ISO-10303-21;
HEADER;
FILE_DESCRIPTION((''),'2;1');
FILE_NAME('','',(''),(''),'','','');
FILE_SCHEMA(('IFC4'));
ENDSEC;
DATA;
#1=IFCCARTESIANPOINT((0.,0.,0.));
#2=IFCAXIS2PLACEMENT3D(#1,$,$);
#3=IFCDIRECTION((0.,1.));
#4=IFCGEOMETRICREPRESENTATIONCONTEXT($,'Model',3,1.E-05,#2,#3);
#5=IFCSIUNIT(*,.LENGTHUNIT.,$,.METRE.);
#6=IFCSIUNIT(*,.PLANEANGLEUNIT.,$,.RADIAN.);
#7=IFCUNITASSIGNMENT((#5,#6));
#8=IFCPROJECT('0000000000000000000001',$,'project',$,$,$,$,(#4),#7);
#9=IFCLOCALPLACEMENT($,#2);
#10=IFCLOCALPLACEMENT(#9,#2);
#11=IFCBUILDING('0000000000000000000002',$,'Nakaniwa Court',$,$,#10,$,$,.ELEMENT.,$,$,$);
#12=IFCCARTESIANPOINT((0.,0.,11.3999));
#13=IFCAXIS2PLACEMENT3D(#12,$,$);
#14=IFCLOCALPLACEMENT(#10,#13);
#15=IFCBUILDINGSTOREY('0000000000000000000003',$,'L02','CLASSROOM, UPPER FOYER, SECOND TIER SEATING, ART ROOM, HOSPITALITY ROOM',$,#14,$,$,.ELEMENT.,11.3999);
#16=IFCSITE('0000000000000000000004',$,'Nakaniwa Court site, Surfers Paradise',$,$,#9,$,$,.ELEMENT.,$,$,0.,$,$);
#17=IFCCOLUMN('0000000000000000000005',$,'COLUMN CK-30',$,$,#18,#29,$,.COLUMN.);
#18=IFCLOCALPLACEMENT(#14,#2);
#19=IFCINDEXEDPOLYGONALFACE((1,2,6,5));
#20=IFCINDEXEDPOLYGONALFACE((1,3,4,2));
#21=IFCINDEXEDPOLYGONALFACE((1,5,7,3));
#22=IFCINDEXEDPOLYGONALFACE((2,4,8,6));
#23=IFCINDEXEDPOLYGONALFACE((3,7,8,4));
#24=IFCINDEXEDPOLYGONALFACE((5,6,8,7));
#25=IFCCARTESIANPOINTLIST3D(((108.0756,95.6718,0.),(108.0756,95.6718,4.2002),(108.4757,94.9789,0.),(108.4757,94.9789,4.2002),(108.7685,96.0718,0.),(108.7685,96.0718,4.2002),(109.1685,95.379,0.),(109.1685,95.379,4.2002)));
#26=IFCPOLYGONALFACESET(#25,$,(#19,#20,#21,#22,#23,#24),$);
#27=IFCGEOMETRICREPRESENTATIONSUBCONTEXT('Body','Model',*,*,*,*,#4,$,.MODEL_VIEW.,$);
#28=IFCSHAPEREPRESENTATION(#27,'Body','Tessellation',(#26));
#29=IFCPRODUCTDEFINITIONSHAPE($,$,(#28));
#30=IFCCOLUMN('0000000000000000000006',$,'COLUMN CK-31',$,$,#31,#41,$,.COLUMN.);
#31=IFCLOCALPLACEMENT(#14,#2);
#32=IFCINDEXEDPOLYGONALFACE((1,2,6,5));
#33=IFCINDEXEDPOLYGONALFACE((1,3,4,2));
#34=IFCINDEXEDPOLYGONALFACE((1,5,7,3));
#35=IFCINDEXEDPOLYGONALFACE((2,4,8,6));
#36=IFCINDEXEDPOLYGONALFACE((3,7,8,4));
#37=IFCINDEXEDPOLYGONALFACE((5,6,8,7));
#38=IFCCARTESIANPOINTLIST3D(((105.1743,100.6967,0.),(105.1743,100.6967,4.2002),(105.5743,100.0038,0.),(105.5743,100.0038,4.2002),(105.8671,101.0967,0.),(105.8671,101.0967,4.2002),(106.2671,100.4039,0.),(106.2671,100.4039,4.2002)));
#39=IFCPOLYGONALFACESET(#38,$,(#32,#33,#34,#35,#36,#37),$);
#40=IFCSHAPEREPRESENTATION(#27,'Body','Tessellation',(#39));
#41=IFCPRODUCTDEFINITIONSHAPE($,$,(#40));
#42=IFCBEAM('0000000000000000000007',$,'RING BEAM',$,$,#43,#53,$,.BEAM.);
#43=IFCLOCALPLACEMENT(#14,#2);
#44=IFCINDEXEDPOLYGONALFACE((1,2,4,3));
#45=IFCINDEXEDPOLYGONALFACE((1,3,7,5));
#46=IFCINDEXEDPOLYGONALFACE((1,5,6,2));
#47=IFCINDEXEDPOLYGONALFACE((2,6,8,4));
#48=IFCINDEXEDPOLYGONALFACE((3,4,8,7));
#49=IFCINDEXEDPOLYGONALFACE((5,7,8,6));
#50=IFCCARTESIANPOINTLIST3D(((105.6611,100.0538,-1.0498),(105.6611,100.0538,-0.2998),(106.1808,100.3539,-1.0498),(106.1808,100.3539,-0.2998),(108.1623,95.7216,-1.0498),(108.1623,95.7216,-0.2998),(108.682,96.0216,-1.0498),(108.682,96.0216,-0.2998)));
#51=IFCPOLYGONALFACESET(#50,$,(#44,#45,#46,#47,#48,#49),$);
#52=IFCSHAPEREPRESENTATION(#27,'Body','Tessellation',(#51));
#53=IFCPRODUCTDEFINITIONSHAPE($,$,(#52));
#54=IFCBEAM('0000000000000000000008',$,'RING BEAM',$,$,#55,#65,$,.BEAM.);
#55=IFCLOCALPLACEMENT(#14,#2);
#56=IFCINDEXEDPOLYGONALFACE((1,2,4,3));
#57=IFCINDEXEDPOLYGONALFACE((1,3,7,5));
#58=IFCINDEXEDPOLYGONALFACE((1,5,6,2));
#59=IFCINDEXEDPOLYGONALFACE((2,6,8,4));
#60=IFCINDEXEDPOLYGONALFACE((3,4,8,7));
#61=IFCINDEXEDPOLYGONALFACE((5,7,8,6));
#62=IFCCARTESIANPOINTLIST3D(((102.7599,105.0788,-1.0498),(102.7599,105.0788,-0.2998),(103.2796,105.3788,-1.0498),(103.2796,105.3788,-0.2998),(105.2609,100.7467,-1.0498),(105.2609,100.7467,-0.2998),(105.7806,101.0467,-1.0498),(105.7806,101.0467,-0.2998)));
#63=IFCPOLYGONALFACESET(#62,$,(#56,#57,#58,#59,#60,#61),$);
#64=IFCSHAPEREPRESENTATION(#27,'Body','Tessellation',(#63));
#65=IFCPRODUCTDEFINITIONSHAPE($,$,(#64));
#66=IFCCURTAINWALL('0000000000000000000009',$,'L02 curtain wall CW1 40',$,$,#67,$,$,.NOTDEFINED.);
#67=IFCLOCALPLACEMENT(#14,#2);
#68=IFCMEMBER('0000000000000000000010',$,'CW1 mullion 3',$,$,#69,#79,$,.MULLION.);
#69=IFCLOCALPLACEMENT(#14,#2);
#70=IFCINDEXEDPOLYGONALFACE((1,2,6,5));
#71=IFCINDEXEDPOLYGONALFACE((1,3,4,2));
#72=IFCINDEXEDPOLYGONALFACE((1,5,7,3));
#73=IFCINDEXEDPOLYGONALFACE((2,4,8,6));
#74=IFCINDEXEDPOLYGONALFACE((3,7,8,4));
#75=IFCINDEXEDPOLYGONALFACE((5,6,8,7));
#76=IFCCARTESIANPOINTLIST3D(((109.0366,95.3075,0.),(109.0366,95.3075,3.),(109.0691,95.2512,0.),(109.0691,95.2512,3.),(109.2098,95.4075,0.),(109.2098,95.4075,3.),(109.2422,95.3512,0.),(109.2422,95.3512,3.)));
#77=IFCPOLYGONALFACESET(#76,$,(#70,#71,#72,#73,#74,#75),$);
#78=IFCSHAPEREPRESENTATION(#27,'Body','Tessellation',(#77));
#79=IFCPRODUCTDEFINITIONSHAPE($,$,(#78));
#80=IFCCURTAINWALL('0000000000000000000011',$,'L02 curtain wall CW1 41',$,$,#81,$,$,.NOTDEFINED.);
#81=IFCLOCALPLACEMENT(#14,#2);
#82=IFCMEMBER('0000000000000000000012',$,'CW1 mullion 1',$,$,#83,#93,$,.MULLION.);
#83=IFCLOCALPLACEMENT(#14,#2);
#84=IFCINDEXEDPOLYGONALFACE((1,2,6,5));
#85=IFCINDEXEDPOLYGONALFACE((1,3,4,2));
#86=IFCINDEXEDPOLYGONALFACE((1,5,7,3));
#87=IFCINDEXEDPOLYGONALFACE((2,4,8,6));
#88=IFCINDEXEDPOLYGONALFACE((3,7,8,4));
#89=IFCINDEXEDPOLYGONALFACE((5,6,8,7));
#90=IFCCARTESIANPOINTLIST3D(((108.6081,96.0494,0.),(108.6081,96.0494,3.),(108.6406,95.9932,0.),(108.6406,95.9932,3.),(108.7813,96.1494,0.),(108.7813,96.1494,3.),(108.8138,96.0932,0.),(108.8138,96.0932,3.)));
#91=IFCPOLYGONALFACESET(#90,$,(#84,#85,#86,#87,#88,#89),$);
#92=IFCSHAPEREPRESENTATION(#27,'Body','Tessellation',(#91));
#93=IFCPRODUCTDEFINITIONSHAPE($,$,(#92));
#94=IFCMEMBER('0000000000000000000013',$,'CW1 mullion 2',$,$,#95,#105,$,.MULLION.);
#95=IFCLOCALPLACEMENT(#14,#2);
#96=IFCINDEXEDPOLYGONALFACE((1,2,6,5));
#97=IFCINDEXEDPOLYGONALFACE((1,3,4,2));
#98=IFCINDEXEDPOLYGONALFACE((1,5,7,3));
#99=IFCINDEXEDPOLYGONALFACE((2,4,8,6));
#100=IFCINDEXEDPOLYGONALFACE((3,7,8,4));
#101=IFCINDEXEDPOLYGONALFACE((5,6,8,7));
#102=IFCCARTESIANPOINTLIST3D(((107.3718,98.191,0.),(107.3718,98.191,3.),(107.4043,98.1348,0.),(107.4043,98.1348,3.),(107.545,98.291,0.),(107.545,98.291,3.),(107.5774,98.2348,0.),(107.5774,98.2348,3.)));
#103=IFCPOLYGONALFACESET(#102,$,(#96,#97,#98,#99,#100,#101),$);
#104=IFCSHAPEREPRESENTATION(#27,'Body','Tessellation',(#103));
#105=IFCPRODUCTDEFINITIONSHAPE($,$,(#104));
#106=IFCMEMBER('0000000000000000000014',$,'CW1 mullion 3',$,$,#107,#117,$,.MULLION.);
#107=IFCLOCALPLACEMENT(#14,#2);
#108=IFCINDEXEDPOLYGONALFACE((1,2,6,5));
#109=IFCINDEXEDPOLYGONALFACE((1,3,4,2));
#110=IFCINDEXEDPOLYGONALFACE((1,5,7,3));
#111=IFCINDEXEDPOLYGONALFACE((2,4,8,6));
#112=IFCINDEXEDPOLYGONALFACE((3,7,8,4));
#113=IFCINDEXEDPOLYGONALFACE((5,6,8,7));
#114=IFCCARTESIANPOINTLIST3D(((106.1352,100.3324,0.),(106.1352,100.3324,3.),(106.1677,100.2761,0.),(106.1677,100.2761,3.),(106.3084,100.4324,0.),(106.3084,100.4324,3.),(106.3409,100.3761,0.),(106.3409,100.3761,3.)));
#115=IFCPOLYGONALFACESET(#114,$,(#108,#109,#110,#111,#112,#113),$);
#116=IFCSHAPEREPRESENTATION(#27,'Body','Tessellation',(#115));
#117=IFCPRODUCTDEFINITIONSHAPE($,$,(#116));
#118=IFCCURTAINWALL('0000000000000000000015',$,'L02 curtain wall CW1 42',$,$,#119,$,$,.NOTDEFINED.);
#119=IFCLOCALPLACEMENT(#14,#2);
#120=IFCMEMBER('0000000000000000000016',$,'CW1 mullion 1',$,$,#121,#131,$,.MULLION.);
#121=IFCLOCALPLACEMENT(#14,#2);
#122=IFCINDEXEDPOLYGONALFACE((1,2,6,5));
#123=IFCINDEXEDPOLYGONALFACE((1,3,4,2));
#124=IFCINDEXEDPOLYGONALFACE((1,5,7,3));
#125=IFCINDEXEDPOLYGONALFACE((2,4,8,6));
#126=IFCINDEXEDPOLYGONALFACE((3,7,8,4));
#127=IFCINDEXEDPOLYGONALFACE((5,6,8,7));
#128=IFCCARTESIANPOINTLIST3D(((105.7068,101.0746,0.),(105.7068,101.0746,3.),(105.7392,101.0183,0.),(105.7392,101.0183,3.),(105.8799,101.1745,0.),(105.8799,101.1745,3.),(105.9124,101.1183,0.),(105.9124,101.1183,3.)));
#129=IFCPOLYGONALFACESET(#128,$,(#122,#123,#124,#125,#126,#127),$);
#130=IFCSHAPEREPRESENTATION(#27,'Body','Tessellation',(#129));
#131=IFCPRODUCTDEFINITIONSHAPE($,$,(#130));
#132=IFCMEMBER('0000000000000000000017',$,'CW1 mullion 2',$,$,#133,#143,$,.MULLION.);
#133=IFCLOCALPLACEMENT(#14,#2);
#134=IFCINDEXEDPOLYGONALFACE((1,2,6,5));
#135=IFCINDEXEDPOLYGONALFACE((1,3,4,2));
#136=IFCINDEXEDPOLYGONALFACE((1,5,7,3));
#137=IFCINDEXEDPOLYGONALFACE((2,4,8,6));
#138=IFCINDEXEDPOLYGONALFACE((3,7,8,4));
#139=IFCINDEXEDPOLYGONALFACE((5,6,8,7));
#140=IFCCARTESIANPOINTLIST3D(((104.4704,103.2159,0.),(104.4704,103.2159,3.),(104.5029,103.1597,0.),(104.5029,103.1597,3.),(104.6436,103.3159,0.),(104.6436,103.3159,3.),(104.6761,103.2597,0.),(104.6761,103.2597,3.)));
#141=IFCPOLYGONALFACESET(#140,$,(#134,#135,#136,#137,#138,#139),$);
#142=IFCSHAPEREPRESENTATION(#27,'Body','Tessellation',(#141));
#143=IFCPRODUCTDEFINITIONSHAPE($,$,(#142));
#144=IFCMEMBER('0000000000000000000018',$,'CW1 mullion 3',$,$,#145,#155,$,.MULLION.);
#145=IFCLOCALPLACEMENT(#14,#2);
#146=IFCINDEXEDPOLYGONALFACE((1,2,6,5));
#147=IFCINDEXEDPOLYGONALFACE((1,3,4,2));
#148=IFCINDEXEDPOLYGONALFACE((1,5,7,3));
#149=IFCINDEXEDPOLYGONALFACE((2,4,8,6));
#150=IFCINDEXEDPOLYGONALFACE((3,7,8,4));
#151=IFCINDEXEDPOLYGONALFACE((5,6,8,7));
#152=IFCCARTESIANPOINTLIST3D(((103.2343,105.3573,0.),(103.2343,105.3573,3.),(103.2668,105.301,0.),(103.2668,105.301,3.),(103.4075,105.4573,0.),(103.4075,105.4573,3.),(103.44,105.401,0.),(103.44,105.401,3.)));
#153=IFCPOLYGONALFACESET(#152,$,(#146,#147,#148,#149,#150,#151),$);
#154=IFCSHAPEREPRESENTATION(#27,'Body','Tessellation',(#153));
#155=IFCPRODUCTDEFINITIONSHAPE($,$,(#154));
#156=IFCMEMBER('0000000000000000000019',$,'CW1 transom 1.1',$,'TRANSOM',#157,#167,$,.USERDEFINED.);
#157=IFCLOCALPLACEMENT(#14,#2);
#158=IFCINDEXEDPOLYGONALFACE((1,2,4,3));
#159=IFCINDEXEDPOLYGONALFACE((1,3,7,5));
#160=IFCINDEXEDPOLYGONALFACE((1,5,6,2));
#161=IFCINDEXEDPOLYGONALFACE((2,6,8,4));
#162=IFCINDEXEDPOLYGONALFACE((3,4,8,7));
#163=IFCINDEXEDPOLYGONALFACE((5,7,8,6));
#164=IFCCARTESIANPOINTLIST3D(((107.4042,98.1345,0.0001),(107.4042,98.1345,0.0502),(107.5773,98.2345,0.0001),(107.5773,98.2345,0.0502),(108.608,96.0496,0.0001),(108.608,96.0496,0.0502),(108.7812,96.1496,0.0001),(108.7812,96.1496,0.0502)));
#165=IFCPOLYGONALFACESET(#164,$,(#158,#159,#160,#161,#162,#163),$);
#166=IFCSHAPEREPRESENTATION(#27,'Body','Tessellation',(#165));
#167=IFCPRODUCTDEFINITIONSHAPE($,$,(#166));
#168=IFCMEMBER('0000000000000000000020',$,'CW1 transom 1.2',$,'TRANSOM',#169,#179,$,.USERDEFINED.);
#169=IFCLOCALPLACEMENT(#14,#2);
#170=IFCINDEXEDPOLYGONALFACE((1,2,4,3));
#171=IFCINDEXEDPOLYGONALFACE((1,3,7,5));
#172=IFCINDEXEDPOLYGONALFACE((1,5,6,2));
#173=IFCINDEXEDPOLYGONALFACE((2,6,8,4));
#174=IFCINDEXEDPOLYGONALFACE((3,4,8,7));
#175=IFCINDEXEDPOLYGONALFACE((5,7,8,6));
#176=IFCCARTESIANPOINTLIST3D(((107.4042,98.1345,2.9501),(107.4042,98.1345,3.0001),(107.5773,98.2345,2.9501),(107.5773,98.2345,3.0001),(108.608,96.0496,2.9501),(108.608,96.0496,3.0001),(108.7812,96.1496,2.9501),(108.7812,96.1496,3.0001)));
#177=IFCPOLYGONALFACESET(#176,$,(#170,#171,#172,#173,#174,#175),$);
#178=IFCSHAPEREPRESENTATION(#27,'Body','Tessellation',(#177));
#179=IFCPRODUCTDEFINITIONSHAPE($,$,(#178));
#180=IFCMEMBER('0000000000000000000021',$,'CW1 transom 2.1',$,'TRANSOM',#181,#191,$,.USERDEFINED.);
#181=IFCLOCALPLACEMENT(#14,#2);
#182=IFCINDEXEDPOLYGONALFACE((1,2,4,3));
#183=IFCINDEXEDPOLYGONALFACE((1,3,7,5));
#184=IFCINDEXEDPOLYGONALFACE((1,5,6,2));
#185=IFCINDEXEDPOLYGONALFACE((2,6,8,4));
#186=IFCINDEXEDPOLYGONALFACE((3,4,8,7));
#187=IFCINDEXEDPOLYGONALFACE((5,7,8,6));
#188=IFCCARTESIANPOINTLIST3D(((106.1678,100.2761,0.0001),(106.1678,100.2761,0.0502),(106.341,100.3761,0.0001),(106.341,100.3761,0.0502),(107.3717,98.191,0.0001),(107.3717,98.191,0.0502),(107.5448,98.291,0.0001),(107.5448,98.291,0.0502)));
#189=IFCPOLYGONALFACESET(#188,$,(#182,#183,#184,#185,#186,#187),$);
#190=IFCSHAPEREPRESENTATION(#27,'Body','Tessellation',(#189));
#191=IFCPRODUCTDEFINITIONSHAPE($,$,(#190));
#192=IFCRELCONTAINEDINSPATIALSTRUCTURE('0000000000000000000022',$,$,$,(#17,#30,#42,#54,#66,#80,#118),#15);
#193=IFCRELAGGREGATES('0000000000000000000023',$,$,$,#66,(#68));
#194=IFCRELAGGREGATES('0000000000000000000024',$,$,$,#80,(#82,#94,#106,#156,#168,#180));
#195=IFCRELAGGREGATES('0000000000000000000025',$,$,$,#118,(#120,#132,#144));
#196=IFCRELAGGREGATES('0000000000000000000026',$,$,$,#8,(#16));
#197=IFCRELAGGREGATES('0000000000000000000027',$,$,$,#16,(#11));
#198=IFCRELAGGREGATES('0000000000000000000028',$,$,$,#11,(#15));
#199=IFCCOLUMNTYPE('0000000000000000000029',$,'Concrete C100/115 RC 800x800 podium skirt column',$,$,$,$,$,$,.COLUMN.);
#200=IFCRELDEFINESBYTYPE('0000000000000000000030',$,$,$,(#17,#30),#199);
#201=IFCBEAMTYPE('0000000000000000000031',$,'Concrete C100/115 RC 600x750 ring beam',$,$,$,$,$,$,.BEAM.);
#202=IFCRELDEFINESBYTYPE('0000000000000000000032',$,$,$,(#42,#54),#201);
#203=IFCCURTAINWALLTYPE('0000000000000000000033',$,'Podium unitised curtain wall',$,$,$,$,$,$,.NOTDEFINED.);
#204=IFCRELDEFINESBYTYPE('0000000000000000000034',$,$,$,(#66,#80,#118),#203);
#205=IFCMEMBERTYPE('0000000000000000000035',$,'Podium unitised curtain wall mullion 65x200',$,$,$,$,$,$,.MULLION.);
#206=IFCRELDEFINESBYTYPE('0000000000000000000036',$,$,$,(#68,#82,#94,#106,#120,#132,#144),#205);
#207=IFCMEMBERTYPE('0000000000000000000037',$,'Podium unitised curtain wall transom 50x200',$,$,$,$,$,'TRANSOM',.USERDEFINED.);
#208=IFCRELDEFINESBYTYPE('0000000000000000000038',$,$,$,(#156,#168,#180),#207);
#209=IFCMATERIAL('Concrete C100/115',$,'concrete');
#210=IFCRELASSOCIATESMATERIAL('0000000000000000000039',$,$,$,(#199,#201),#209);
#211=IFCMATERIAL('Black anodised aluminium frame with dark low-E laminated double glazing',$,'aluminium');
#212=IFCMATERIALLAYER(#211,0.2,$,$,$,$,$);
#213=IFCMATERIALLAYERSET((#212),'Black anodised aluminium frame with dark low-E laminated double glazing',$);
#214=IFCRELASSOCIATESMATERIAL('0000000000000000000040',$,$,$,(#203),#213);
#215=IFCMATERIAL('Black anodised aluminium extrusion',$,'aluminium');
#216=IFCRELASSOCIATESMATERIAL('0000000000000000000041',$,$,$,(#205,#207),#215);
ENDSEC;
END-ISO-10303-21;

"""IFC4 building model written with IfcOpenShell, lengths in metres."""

from ifc_helpers import new_model, si_unit, direction, frame, origin, origin_2d, place, context, subcontext, project, spatial, rectangle, extrude, material, layer, layer_set, material_profile, profile_set, type_object, element, aggregate, save


model = new_model("IFC4")

# Units and contexts
model_context = context("Model", 3, precision=1e-05, world=origin(), true_north=direction((0.0, 1.0)))
body_context = subcontext(model_context, "Body", "Model", "MODEL_VIEW")
ifc_project = project(units=[si_unit("LENGTHUNIT", "METRE"), si_unit("PLANEANGLEUNIT", "RADIAN")], contexts=[model_context])

# Site, building, storey
site_placement = place(None, origin())
site = spatial("IfcSite", under=ifc_project, at=site_placement, Name="Nakaniwa Court site, Surfers Paradise", CompositionType="ELEMENT", RefElevation=0.0)
building_placement = place(site_placement, origin())
building = spatial("IfcBuilding", under=site, at=building_placement, Name="Nakaniwa Court", CompositionType="ELEMENT")
storey_placement = place(building_placement, frame((0.0, 0.0, 11.3999)))
storey = spatial("IfcBuildingStorey", under=building, at=storey_placement, Name="L02", Description="CLASSROOM, UPPER FOYER, SECOND TIER SEATING, ART ROOM, HOSPITALITY ROOM", CompositionType="ELEMENT", Elevation=11.3999)

# Columns
ifc_material_1 = material(Name="Concrete C100/115", Category="concrete")
ifc_material_profile_1 = material_profile(ifc_material_1, rectangle(XDim=0.8, YDim=0.8, at=origin_2d()), Name="Concrete C100/115 RC 800x800 podium skirt column")
ifc_profile_set_1 = profile_set([ifc_material_profile_1], Name="Concrete C100/115")
column_type = type_object("IfcColumnType", Name="Concrete C100/115 RC 800x800 podium skirt column", PredefinedType="COLUMN", material=ifc_profile_set_1)
for number, where, z_axis, x_axis, name in (
    (1, (108.6221, 95.5254, 0.0), (0.0, 0.0, 1.0), (-0.5, 0.866025, 0.0), "COLUMN CK-30"),
    (2, (105.7207, 100.5503, 0.0), (0.0, 0.0, 1.0), (-0.5, 0.866025, 0.0), "COLUMN CK-31"),
):
    element("IfcColumn", number, at=place(storey_placement, frame(where, z_axis=z_axis, x_axis=x_axis)), inside=storey, type_object=column_type, Name=name, PredefinedType="COLUMN", context=body_context, shape_type="SweptSolid", body=[
        extrude(rectangle(XDim=0.8, YDim=0.8, at=origin_2d()), origin(), (0.0, 0.0, 1.0), 4.2002),
    ])

# Beams
ifc_material_profile_2 = material_profile(ifc_material_1, rectangle(XDim=0.6001, YDim=0.75, at=origin_2d()), Name="Concrete C100/115 RC 600x750 ring beam")
ifc_profile_set_2 = profile_set([ifc_material_profile_2], Name="Concrete C100/115")
beam_type = type_object("IfcBeamType", Name="Concrete C100/115 RC 600x750 ring beam", PredefinedType="BEAM", material=ifc_profile_set_2)
beam_1_placement = place(storey_placement, frame((108.4221, 95.8716, -0.6748), z_axis=(-0.499997, 0.866027, 0.0), x_axis=(-0.866027, -0.499997, 0.0)))
element("IfcBeam", 3, at=beam_1_placement, inside=storey, type_object=beam_type, Name="RING BEAM", PredefinedType="BEAM", context=body_context, shape_type="SweptSolid", body=[
    extrude(rectangle(XDim=0.6001, YDim=0.75, at=origin_2d()), origin(), (0.0, 0.0, 1.0), 5.0024),
])
beam_2_placement = place(storey_placement, frame((105.5208, 100.8967, -0.6748), z_axis=(-0.499982, 0.866036, 0.0), x_axis=(-0.866036, -0.499982, 0.0)))
element("IfcBeam", 4, at=beam_2_placement, inside=storey, type_object=beam_type, Name="RING BEAM", PredefinedType="BEAM", context=body_context, shape_type="SweptSolid", body=[
    extrude(rectangle(XDim=0.6001, YDim=0.75, at=origin_2d()), origin(), (0.0, 0.0, 1.0), 5.0022),
])

# Curtain wall, member
ifc_material_2 = material(Name="Black anodised aluminium frame with dark low-E laminated double glazing", Category="aluminium")
ifc_layer_1 = layer(ifc_material_2, 0.2)
ifc_layer_set_1 = layer_set([ifc_layer_1], Name="Black anodised aluminium frame with dark low-E laminated double glazing")
curtain_wall_type = type_object("IfcCurtainWallType", Name="Podium unitised curtain wall", PredefinedType="NOTDEFINED", material=ifc_layer_set_1)
curtain_wall_1_placement = place(storey_placement, origin())
curtain_wall_1 = element("IfcCurtainWall", 5, at=curtain_wall_1_placement, inside=storey, type_object=curtain_wall_type, Name="L02 curtain wall CW1 40", PredefinedType="NOTDEFINED")
ifc_material_3 = material(Name="Black anodised aluminium extrusion", Category="aluminium")
ifc_material_profile_3 = material_profile(ifc_material_3, rectangle(XDim=0.2, YDim=0.0649, at=origin_2d()), Name="Podium unitised curtain wall mullion 65x200")
ifc_profile_set_3 = profile_set([ifc_material_profile_3], Name="Black anodised aluminium extrusion")
member_type_1 = type_object("IfcMemberType", Name="Podium unitised curtain wall mullion 65x200", PredefinedType="MULLION", material=ifc_profile_set_3)
member_1_placement = place(storey_placement, frame((109.1394, 95.3293, 0.0), z_axis=(0.0, 0.0, 1.0), x_axis=(-0.866032, -0.499988, 0.0)))
member_1 = element("IfcMember", 6, at=member_1_placement, type_object=member_type_1, Name="CW1 mullion 3", PredefinedType="MULLION", context=body_context, shape_type="SweptSolid", body=[
    extrude(rectangle(XDim=0.2, YDim=0.0649, at=origin_2d()), origin(), (0.0, 0.0, 1.0), 3.0),
])

# Curtain walls, members
curtain_wall_2_placement = place(storey_placement, origin())
curtain_wall_2 = element("IfcCurtainWall", 7, at=curtain_wall_2_placement, inside=storey, type_object=curtain_wall_type, Name="L02 curtain wall CW1 41", PredefinedType="NOTDEFINED")
member_2_placement = place(storey_placement, frame((108.7109, 96.0713, 0.0), z_axis=(0.0, 0.0, 1.0), x_axis=(-0.866029, -0.499994, 0.0)))
member_2 = element("IfcMember", 8, at=member_2_placement, type_object=member_type_1, Name="CW1 mullion 1", PredefinedType="MULLION", context=body_context, shape_type="SweptSolid", body=[
    extrude(rectangle(XDim=0.2, YDim=0.0649, at=origin_2d()), origin(), (0.0, 0.0, 1.0), 3.0),
])
member_3_placement = place(storey_placement, frame((107.4746, 98.2129, 0.0), z_axis=(0.0, 0.0, 1.0), x_axis=(-0.866029, -0.499994, 0.0)))
member_3 = element("IfcMember", 9, at=member_3_placement, type_object=member_type_1, Name="CW1 mullion 2", PredefinedType="MULLION", context=body_context, shape_type="SweptSolid", body=[
    extrude(rectangle(XDim=0.2, YDim=0.0649, at=origin_2d()), origin(), (0.0, 0.0, 1.0), 3.0),
])
member_4_placement = place(storey_placement, frame((106.238, 100.3542, 0.0), z_axis=(0.0, 0.0, 1.0), x_axis=(-0.866029, -0.499994, 0.0)))
member_4 = element("IfcMember", 10, at=member_4_placement, type_object=member_type_1, Name="CW1 mullion 3", PredefinedType="MULLION", context=body_context, shape_type="SweptSolid", body=[
    extrude(rectangle(XDim=0.2, YDim=0.0649, at=origin_2d()), origin(), (0.0, 0.0, 1.0), 3.0),
])
curtain_wall_3_placement = place(storey_placement, origin())
curtain_wall_3 = element("IfcCurtainWall", 11, at=curtain_wall_3_placement, inside=storey, type_object=curtain_wall_type, Name="L02 curtain wall CW1 42", PredefinedType="NOTDEFINED")
member_5_placement = place(storey_placement, frame((105.8096, 101.0964, 0.0), z_axis=(0.0, 0.0, 1.0), x_axis=(-0.866032, -0.499988, 0.0)))
member_5 = element("IfcMember", 12, at=member_5_placement, type_object=member_type_1, Name="CW1 mullion 1", PredefinedType="MULLION", context=body_context, shape_type="SweptSolid", body=[
    extrude(rectangle(XDim=0.2, YDim=0.0649, at=origin_2d()), origin(), (0.0, 0.0, 1.0), 3.0),
])
member_6_placement = place(storey_placement, frame((104.5732, 103.2378, 0.0), z_axis=(0.0, 0.0, 1.0), x_axis=(-0.866032, -0.499988, 0.0)))
member_6 = element("IfcMember", 13, at=member_6_placement, type_object=member_type_1, Name="CW1 mullion 2", PredefinedType="MULLION", context=body_context, shape_type="SweptSolid", body=[
    extrude(rectangle(XDim=0.2, YDim=0.0649, at=origin_2d()), origin(), (0.0, 0.0, 1.0), 3.0),
])
member_7_placement = place(storey_placement, frame((103.3372, 105.3792, 0.0), z_axis=(0.0, 0.0, 1.0), x_axis=(-0.866032, -0.499988, 0.0)))
member_7 = element("IfcMember", 14, at=member_7_placement, type_object=member_type_1, Name="CW1 mullion 3", PredefinedType="MULLION", context=body_context, shape_type="SweptSolid", body=[
    extrude(rectangle(XDim=0.2, YDim=0.0649, at=origin_2d()), origin(), (0.0, 0.0, 1.0), 3.0),
])

# Members
ifc_material_profile_4 = material_profile(ifc_material_3, rectangle(XDim=0.2, YDim=0.05, at=origin_2d()), Name="Podium unitised curtain wall transom 50x200")
ifc_profile_set_4 = profile_set([ifc_material_profile_4], Name="Black anodised aluminium extrusion")
member_type_2 = type_object("IfcMemberType", Name="Podium unitised curtain wall transom 50x200", ElementType="TRANSOM", PredefinedType="USERDEFINED", material=ifc_profile_set_4)
member_8_placement = place(storey_placement, frame((108.6946, 96.0996, 0.0251), z_axis=(-0.500033, 0.866007, 0.0), x_axis=(-0.866007, -0.500033, 0.0)))
member_8 = element("IfcMember", 15, at=member_8_placement, type_object=member_type_2, Name="CW1 transom 1.1", ObjectType="TRANSOM", PredefinedType="USERDEFINED", context=body_context, shape_type="SweptSolid", body=[
    extrude(rectangle(XDim=0.2, YDim=0.05, at=origin_2d()), origin(), (0.0, 0.0, 1.0), 2.4075),
])
member_9_placement = place(storey_placement, frame((108.6946, 96.0996, 2.9751), z_axis=(-0.500033, 0.866007, 0.0), x_axis=(-0.866007, -0.500033, 0.0)))
member_9 = element("IfcMember", 16, at=member_9_placement, type_object=member_type_2, Name="CW1 transom 1.2", ObjectType="TRANSOM", PredefinedType="USERDEFINED", context=body_context, shape_type="SweptSolid", body=[
    extrude(rectangle(XDim=0.2, YDim=0.05, at=origin_2d()), origin(), (0.0, 0.0, 1.0), 2.4075),
])
member_10_placement = place(storey_placement, frame((107.4583, 98.241, 0.0251), z_axis=(-0.499989, 0.866032, 0.0), x_axis=(-0.866032, -0.499989, 0.0)))
member_10 = element("IfcMember", 17, at=member_10_placement, type_object=member_type_2, Name="CW1 transom 2.1", ObjectType="TRANSOM", PredefinedType="USERDEFINED", context=body_context, shape_type="SweptSolid", body=[
    extrude(rectangle(XDim=0.2, YDim=0.05, at=origin_2d()), origin(), (0.0, 0.0, 1.0), 2.4077),
])

aggregate(curtain_wall_1, [member_1])
aggregate(curtain_wall_2, [member_2, member_3, member_4, member_8, member_9, member_10])
aggregate(curtain_wall_3, [member_5, member_6, member_7])

save(model, "model.ifc")
